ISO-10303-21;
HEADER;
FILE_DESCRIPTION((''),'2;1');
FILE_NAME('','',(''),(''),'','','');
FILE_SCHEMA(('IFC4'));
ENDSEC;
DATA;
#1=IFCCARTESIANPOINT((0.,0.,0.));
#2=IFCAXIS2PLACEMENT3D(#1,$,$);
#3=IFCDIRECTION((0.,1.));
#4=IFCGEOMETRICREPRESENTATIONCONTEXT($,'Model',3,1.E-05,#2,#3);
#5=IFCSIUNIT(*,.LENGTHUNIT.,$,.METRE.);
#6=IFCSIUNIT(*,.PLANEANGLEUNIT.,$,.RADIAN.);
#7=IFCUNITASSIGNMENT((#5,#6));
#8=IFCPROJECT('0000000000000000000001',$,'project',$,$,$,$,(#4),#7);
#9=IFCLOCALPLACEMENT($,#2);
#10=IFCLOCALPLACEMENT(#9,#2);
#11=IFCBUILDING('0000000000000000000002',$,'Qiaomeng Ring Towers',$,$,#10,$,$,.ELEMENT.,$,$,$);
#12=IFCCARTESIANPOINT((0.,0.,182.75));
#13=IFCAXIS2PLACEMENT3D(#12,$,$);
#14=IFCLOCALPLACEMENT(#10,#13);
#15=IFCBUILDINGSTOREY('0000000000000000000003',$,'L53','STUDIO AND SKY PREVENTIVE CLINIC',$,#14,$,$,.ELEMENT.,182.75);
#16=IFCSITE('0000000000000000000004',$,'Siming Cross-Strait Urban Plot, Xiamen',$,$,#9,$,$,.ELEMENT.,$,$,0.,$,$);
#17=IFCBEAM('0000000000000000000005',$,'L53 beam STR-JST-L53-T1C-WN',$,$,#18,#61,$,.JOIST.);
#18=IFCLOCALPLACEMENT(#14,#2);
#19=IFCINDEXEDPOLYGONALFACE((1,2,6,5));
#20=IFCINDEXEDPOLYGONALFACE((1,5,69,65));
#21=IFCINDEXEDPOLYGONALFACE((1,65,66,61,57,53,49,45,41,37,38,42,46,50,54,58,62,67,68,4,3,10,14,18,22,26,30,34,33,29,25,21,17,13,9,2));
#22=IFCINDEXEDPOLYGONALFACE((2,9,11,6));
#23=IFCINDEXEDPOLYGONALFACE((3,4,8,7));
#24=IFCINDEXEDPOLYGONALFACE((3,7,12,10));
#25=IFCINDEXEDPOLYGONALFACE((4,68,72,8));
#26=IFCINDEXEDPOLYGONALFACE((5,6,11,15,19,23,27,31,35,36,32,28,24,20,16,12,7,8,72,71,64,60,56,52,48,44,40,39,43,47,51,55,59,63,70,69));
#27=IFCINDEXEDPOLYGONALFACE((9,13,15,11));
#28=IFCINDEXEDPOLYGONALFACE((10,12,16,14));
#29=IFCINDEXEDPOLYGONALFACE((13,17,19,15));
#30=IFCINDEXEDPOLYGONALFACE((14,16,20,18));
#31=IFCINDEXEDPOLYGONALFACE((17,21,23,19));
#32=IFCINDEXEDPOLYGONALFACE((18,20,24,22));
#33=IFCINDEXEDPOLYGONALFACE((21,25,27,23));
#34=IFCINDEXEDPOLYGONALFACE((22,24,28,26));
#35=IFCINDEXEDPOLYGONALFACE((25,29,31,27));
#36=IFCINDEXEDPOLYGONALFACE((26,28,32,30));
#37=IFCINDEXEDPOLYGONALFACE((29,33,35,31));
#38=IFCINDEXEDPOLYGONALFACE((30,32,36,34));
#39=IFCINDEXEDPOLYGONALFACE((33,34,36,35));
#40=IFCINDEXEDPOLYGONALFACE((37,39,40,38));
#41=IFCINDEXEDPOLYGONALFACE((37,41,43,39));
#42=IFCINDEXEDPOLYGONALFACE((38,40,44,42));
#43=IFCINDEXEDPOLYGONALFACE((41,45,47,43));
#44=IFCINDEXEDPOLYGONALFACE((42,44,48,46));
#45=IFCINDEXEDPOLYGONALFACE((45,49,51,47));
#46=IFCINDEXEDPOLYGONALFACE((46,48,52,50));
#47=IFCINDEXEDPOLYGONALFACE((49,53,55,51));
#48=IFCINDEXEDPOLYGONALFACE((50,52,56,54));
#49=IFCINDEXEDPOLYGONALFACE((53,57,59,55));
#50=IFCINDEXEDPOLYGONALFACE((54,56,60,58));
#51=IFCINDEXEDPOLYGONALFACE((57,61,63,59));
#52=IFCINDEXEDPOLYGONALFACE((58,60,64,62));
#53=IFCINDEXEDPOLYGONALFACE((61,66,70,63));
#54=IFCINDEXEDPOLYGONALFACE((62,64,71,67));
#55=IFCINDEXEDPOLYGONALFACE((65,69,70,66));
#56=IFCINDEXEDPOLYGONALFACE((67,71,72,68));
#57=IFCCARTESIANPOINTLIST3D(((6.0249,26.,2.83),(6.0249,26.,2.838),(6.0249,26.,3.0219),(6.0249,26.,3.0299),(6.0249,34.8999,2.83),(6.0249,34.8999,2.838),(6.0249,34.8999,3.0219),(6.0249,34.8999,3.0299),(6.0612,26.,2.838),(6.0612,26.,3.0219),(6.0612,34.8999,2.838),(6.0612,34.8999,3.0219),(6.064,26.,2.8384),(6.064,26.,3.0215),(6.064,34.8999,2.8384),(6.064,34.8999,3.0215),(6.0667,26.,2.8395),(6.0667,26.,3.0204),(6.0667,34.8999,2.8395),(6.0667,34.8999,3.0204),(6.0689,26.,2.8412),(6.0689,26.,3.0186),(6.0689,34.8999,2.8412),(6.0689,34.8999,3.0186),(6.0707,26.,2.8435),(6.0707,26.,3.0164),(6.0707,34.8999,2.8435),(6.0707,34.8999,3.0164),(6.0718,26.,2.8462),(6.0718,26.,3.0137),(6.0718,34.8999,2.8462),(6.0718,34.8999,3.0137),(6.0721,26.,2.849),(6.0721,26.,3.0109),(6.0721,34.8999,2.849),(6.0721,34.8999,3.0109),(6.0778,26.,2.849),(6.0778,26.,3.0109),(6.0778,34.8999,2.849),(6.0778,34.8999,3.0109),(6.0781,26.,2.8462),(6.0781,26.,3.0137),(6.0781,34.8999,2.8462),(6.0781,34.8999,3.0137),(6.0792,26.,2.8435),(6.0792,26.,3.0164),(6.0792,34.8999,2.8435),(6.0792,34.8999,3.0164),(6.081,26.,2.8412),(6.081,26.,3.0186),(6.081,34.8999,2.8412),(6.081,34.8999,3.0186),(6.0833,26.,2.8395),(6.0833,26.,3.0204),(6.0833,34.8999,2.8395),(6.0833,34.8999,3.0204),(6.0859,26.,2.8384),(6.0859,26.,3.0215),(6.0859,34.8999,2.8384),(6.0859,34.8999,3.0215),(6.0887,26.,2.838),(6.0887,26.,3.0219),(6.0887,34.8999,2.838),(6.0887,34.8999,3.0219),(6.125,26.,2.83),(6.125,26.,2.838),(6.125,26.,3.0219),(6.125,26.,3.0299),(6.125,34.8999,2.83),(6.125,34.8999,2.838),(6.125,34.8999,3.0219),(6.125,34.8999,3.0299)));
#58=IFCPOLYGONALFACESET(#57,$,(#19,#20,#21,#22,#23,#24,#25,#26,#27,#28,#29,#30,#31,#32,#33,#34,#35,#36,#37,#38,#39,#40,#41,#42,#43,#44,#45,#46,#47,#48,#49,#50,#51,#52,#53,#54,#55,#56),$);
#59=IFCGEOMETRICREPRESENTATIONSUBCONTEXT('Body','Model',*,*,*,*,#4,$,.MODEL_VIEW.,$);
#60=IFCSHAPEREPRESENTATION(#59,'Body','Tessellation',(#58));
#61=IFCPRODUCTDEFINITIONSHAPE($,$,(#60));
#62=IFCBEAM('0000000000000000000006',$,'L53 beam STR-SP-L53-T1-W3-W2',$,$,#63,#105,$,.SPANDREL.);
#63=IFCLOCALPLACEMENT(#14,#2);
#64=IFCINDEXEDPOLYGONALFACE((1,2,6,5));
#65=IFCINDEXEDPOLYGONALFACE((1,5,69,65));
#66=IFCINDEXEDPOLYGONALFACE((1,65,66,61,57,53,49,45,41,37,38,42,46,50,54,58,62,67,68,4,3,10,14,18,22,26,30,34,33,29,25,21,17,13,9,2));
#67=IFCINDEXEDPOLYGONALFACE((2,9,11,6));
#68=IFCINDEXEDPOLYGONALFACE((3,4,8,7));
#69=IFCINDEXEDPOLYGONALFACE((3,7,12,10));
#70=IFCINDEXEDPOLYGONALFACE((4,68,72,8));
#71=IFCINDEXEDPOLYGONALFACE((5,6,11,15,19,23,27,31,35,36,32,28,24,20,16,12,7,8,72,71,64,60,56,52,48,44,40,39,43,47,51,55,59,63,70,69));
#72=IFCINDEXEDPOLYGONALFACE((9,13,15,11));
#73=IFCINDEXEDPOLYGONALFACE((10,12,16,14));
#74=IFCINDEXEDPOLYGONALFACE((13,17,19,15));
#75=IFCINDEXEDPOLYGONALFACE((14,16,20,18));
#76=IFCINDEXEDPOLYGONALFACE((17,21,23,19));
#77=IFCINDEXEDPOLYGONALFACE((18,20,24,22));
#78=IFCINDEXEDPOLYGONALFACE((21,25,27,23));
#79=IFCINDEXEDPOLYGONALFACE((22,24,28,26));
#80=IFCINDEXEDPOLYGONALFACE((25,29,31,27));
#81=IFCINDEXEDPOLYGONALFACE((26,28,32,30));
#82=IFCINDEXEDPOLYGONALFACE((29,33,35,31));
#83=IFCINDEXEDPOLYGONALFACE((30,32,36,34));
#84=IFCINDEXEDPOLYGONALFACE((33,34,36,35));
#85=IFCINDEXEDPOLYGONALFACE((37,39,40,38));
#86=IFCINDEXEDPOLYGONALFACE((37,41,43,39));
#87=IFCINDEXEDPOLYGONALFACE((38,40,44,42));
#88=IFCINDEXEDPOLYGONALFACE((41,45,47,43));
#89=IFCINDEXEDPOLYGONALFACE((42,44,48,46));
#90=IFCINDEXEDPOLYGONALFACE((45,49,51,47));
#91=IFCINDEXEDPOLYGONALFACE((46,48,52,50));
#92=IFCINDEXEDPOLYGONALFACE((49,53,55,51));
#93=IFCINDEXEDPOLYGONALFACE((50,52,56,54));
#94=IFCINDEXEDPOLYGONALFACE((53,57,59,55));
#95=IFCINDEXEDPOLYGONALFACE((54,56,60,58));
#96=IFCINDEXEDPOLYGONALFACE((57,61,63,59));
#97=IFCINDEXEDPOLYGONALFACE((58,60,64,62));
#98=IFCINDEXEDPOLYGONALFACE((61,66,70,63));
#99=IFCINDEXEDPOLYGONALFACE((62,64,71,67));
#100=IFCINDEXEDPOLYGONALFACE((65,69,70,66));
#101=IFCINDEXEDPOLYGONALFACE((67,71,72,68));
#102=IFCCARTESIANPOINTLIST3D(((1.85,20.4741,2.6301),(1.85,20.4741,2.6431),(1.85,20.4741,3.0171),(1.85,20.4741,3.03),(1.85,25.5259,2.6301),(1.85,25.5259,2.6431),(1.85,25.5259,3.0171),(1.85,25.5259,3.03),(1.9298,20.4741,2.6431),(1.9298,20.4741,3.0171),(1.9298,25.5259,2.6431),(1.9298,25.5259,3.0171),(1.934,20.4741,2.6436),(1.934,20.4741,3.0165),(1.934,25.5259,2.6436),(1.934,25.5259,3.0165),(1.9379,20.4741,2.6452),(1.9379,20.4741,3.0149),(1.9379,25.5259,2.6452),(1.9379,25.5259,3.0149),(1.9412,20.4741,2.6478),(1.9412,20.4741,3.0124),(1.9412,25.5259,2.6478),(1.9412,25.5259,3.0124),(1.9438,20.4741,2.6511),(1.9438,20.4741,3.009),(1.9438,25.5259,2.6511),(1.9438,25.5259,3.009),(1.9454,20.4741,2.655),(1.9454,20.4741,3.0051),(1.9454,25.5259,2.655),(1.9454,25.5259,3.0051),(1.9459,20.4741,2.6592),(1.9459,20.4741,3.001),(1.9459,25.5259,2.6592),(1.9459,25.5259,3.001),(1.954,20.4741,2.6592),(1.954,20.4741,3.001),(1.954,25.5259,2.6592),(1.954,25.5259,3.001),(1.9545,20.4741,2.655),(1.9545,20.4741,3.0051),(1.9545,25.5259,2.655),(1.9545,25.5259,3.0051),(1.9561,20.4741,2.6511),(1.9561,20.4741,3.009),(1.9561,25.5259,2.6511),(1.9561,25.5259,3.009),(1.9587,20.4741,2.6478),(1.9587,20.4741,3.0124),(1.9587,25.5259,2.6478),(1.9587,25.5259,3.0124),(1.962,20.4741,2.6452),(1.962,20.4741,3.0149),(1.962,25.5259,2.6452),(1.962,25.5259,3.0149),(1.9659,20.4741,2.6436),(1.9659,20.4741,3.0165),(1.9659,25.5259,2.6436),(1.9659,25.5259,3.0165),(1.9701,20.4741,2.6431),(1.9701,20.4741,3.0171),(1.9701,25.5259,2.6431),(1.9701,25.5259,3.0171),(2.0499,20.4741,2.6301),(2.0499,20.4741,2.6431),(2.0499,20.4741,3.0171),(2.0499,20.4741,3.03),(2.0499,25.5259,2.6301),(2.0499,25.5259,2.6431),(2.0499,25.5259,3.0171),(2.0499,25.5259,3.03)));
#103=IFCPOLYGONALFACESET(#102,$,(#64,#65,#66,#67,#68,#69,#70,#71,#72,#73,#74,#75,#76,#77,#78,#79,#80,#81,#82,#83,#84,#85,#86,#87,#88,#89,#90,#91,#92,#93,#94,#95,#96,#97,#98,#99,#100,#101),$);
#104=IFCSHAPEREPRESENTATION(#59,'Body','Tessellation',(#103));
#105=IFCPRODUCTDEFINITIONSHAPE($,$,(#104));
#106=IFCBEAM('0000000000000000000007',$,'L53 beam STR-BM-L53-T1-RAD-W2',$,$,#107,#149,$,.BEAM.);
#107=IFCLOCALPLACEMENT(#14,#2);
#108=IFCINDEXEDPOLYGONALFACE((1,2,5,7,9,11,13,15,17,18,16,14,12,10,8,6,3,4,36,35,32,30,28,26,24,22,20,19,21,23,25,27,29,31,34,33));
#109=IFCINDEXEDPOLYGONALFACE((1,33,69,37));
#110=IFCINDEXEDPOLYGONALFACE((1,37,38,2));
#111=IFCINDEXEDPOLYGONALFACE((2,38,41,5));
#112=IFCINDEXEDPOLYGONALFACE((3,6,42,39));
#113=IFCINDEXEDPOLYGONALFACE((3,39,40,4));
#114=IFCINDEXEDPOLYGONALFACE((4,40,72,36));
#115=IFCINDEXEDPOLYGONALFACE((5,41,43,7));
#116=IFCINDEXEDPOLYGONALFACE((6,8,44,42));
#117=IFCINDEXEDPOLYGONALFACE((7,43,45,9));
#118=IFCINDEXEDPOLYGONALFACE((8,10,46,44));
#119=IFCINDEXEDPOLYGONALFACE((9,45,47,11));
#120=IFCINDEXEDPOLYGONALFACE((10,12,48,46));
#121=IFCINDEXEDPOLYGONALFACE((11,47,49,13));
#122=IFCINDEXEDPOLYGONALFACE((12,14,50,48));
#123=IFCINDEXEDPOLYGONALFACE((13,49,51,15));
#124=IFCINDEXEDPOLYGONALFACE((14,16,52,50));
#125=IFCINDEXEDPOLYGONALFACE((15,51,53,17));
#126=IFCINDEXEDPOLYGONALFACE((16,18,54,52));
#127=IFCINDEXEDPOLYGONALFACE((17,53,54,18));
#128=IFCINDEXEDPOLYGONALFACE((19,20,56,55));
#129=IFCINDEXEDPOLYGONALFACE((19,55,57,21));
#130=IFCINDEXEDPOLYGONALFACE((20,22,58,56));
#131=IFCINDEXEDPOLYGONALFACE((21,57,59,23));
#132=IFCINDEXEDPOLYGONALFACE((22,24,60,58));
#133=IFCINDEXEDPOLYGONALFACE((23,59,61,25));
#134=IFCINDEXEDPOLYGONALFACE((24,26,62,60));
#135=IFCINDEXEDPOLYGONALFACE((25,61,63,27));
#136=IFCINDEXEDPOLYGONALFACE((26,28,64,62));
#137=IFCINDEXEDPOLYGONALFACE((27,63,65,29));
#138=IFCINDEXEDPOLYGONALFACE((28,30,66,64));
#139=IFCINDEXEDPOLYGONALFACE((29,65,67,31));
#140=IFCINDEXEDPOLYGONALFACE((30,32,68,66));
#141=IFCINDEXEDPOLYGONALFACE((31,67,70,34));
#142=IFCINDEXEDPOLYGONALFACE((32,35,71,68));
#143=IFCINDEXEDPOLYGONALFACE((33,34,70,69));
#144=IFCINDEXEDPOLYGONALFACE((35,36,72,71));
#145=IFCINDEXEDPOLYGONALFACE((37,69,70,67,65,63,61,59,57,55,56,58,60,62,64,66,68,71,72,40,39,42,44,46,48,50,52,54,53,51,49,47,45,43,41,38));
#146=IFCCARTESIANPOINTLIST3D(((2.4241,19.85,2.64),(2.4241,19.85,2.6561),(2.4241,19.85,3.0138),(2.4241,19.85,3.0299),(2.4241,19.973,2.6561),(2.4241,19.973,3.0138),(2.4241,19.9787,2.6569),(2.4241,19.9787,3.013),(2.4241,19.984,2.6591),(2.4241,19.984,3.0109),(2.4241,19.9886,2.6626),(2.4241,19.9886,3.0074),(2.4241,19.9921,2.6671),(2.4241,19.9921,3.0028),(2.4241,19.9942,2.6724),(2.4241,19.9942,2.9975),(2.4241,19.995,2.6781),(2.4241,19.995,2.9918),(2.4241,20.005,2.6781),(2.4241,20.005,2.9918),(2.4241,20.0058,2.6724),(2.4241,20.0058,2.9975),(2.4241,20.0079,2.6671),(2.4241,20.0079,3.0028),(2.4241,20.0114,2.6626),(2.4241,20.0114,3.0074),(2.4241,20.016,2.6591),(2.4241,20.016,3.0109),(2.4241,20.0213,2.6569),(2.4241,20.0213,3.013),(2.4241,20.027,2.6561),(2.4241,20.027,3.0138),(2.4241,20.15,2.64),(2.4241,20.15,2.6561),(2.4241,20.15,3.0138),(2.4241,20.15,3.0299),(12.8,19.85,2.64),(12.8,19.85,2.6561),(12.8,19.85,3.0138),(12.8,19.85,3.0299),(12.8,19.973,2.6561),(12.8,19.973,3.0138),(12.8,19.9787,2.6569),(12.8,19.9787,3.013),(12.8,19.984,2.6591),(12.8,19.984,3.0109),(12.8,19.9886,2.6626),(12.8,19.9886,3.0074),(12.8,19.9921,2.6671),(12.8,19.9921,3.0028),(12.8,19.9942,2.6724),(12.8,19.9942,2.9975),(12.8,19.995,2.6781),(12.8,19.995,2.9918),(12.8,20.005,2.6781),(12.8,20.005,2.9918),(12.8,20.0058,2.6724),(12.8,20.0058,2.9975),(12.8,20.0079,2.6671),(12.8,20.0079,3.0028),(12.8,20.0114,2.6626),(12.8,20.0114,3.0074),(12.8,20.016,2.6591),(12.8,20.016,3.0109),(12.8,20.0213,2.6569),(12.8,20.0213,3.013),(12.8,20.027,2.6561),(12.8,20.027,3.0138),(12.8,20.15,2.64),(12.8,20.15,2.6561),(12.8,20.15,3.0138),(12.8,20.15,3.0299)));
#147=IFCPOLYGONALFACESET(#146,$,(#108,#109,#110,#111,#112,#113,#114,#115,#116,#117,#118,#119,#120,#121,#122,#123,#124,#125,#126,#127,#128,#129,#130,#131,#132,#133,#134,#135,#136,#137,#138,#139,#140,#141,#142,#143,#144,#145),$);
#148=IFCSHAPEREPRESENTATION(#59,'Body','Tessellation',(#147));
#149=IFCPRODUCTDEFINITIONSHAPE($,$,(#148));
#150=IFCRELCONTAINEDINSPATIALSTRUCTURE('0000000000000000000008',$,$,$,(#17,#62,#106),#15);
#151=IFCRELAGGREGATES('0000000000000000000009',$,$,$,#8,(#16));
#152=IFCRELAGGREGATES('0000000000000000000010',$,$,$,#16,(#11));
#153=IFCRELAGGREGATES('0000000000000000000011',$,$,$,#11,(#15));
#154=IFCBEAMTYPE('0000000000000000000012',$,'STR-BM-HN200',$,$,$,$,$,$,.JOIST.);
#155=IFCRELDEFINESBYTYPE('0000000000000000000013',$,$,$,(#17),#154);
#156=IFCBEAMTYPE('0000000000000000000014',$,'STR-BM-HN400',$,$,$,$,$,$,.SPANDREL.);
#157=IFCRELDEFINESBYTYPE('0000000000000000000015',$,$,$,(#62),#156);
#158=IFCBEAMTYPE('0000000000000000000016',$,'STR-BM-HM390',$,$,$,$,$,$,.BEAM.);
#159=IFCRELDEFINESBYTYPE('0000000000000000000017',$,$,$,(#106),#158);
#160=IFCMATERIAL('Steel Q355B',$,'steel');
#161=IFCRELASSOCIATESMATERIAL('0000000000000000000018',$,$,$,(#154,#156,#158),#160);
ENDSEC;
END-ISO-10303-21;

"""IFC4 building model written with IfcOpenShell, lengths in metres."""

from ifc_helpers import new_model, si_unit, direction, frame, origin, origin_2d, place, context, subcontext, project, spatial, i_section, extrude, source, transform, mapped, material, material_profile, profile_set, type_object, element, save


model = new_model("IFC4")

# Units and contexts
model_context = context("Model", 3, precision=1e-05, world=origin(), true_north=direction((0.0, 1.0)))
body_context = subcontext(model_context, "Body", "Model", "MODEL_VIEW")
ifc_project = project(units=[si_unit("LENGTHUNIT", "METRE"), si_unit("PLANEANGLEUNIT", "RADIAN")], contexts=[model_context])

# Site, building, storey
site_placement = place(None, origin())
site = spatial("IfcSite", under=ifc_project, at=site_placement, Name="Siming Cross-Strait Urban Plot, Xiamen", CompositionType="ELEMENT", RefElevation=0.0)
building_placement = place(site_placement, origin())
building = spatial("IfcBuilding", under=site, at=building_placement, Name="Qiaomeng Ring Towers", CompositionType="ELEMENT")
storey_placement = place(building_placement, frame((0.0, 0.0, 182.75)))
storey = spatial("IfcBuildingStorey", under=building, at=storey_placement, Name="L53", Description="STUDIO AND SKY PREVENTIVE CLINIC", CompositionType="ELEMENT", Elevation=182.75)

# Beams
ifc_material_1 = material(Name="Steel Q355B", Category="steel")
ifc_material_profile_1 = material_profile(ifc_material_1, i_section(OverallWidth=0.1001, OverallDepth=0.2, WebThickness=0.0056, FlangeThickness=0.0081, FilletRadius=0.011, at=origin_2d()), Name="HN 200x100x5.5x8")
ifc_profile_set_1 = profile_set([ifc_material_profile_1], Name="Steel Q355B")
beam_type_1 = type_object("IfcBeamType", Name="STR-BM-HN200", PredefinedType="JOIST", material=ifc_profile_set_1)
shared_shape_1 = source(origin(), body_context, "Body", "SweptSolid", [
    extrude(i_section(OverallWidth=0.1001, OverallDepth=0.2, WebThickness=0.0056, FlangeThickness=0.0081, FilletRadius=0.011, at=origin_2d()), origin(), (0.0, 0.0, 1.0), 8.8999),
])
beam_1_placement = place(storey_placement, frame((6.075, 26.0, 2.9299), z_axis=(0.0, 1.0, 0.0), x_axis=(-1.0, 0.0, 0.0)))
element("IfcBeam", 1, at=beam_1_placement, inside=storey, type_object=beam_type_1, Name="L53 beam STR-JST-L53-T1C-WN", PredefinedType="JOIST", context=body_context, shape_type="MappedRepresentation", body=[
    mapped(shared_shape_1, transform((0.0, 0.0, 0.0), x_axis=(1.0, 0.0, 0.0), y_axis=(0.0, 1.0, 0.0), z_axis=(0.0, 0.0, 1.0), scale=1.0)),
])
ifc_material_profile_2 = material_profile(ifc_material_1, i_section(OverallWidth=0.2, OverallDepth=0.3999, WebThickness=0.0081, FlangeThickness=0.0129, FilletRadius=0.0161, at=origin_2d()), Name="HN 400x200x8x13")
ifc_profile_set_2 = profile_set([ifc_material_profile_2], Name="Steel Q355B")
beam_type_2 = type_object("IfcBeamType", Name="STR-BM-HN400", PredefinedType="SPANDREL", material=ifc_profile_set_2)
shared_shape_2 = source(origin(), body_context, "Body", "SweptSolid", [
    extrude(i_section(OverallWidth=0.2, OverallDepth=0.3999, WebThickness=0.0081, FlangeThickness=0.0129, FilletRadius=0.0161, at=origin_2d()), origin(), (0.0, 0.0, 1.0), 5.0518),
])
beam_2_placement = place(storey_placement, frame((1.95, 25.5259, 2.8301), z_axis=(0.0, -1.0, 0.0), x_axis=(1.0, 0.0, 0.0)))
element("IfcBeam", 2, at=beam_2_placement, inside=storey, type_object=beam_type_2, Name="L53 beam STR-SP-L53-T1-W3-W2", PredefinedType="SPANDREL", context=body_context, shape_type="MappedRepresentation", body=[
    mapped(shared_shape_2, transform((0.0, 0.0, 0.0), x_axis=(1.0, 0.0, 0.0), y_axis=(0.0, 1.0, 0.0), z_axis=(0.0, 0.0, 1.0), scale=1.0)),
])
ifc_material_profile_3 = material_profile(ifc_material_1, i_section(OverallWidth=0.3, OverallDepth=0.3899, WebThickness=0.01, FlangeThickness=0.0161, FilletRadius=0.022, at=origin_2d()), Name="HM 390x300x10x16")
ifc_profile_set_3 = profile_set([ifc_material_profile_3], Name="Steel Q355B")
beam_type_3 = type_object("IfcBeamType", Name="STR-BM-HM390", PredefinedType="BEAM", material=ifc_profile_set_3)
shared_shape_3 = source(origin(), body_context, "Body", "SweptSolid", [
    extrude(i_section(OverallWidth=0.3, OverallDepth=0.3899, WebThickness=0.01, FlangeThickness=0.0161, FilletRadius=0.022, at=origin_2d()), origin(), (0.0, 0.0, 1.0), 10.376),
])
for number, where, z_axis, x_axis, name in (
    (3, (2.4241, 20.0, 2.835), (1.0, 0.0, 0.0), (0.0, 1.0, 0.0), "L53 beam STR-BM-L53-T1-RAD-W2"),
):
    element("IfcBeam", number, at=place(storey_placement, frame(where, z_axis=z_axis, x_axis=x_axis)), inside=storey, type_object=beam_type_3, Name=name, PredefinedType="BEAM", context=body_context, shape_type="MappedRepresentation", body=[
        mapped(shared_shape_3, transform((0.0, 0.0, 0.0), x_axis=(1.0, 0.0, 0.0), y_axis=(0.0, 1.0, 0.0), z_axis=(0.0, 0.0, 1.0), scale=1.0)),
    ])

save(model, "model.ifc")
